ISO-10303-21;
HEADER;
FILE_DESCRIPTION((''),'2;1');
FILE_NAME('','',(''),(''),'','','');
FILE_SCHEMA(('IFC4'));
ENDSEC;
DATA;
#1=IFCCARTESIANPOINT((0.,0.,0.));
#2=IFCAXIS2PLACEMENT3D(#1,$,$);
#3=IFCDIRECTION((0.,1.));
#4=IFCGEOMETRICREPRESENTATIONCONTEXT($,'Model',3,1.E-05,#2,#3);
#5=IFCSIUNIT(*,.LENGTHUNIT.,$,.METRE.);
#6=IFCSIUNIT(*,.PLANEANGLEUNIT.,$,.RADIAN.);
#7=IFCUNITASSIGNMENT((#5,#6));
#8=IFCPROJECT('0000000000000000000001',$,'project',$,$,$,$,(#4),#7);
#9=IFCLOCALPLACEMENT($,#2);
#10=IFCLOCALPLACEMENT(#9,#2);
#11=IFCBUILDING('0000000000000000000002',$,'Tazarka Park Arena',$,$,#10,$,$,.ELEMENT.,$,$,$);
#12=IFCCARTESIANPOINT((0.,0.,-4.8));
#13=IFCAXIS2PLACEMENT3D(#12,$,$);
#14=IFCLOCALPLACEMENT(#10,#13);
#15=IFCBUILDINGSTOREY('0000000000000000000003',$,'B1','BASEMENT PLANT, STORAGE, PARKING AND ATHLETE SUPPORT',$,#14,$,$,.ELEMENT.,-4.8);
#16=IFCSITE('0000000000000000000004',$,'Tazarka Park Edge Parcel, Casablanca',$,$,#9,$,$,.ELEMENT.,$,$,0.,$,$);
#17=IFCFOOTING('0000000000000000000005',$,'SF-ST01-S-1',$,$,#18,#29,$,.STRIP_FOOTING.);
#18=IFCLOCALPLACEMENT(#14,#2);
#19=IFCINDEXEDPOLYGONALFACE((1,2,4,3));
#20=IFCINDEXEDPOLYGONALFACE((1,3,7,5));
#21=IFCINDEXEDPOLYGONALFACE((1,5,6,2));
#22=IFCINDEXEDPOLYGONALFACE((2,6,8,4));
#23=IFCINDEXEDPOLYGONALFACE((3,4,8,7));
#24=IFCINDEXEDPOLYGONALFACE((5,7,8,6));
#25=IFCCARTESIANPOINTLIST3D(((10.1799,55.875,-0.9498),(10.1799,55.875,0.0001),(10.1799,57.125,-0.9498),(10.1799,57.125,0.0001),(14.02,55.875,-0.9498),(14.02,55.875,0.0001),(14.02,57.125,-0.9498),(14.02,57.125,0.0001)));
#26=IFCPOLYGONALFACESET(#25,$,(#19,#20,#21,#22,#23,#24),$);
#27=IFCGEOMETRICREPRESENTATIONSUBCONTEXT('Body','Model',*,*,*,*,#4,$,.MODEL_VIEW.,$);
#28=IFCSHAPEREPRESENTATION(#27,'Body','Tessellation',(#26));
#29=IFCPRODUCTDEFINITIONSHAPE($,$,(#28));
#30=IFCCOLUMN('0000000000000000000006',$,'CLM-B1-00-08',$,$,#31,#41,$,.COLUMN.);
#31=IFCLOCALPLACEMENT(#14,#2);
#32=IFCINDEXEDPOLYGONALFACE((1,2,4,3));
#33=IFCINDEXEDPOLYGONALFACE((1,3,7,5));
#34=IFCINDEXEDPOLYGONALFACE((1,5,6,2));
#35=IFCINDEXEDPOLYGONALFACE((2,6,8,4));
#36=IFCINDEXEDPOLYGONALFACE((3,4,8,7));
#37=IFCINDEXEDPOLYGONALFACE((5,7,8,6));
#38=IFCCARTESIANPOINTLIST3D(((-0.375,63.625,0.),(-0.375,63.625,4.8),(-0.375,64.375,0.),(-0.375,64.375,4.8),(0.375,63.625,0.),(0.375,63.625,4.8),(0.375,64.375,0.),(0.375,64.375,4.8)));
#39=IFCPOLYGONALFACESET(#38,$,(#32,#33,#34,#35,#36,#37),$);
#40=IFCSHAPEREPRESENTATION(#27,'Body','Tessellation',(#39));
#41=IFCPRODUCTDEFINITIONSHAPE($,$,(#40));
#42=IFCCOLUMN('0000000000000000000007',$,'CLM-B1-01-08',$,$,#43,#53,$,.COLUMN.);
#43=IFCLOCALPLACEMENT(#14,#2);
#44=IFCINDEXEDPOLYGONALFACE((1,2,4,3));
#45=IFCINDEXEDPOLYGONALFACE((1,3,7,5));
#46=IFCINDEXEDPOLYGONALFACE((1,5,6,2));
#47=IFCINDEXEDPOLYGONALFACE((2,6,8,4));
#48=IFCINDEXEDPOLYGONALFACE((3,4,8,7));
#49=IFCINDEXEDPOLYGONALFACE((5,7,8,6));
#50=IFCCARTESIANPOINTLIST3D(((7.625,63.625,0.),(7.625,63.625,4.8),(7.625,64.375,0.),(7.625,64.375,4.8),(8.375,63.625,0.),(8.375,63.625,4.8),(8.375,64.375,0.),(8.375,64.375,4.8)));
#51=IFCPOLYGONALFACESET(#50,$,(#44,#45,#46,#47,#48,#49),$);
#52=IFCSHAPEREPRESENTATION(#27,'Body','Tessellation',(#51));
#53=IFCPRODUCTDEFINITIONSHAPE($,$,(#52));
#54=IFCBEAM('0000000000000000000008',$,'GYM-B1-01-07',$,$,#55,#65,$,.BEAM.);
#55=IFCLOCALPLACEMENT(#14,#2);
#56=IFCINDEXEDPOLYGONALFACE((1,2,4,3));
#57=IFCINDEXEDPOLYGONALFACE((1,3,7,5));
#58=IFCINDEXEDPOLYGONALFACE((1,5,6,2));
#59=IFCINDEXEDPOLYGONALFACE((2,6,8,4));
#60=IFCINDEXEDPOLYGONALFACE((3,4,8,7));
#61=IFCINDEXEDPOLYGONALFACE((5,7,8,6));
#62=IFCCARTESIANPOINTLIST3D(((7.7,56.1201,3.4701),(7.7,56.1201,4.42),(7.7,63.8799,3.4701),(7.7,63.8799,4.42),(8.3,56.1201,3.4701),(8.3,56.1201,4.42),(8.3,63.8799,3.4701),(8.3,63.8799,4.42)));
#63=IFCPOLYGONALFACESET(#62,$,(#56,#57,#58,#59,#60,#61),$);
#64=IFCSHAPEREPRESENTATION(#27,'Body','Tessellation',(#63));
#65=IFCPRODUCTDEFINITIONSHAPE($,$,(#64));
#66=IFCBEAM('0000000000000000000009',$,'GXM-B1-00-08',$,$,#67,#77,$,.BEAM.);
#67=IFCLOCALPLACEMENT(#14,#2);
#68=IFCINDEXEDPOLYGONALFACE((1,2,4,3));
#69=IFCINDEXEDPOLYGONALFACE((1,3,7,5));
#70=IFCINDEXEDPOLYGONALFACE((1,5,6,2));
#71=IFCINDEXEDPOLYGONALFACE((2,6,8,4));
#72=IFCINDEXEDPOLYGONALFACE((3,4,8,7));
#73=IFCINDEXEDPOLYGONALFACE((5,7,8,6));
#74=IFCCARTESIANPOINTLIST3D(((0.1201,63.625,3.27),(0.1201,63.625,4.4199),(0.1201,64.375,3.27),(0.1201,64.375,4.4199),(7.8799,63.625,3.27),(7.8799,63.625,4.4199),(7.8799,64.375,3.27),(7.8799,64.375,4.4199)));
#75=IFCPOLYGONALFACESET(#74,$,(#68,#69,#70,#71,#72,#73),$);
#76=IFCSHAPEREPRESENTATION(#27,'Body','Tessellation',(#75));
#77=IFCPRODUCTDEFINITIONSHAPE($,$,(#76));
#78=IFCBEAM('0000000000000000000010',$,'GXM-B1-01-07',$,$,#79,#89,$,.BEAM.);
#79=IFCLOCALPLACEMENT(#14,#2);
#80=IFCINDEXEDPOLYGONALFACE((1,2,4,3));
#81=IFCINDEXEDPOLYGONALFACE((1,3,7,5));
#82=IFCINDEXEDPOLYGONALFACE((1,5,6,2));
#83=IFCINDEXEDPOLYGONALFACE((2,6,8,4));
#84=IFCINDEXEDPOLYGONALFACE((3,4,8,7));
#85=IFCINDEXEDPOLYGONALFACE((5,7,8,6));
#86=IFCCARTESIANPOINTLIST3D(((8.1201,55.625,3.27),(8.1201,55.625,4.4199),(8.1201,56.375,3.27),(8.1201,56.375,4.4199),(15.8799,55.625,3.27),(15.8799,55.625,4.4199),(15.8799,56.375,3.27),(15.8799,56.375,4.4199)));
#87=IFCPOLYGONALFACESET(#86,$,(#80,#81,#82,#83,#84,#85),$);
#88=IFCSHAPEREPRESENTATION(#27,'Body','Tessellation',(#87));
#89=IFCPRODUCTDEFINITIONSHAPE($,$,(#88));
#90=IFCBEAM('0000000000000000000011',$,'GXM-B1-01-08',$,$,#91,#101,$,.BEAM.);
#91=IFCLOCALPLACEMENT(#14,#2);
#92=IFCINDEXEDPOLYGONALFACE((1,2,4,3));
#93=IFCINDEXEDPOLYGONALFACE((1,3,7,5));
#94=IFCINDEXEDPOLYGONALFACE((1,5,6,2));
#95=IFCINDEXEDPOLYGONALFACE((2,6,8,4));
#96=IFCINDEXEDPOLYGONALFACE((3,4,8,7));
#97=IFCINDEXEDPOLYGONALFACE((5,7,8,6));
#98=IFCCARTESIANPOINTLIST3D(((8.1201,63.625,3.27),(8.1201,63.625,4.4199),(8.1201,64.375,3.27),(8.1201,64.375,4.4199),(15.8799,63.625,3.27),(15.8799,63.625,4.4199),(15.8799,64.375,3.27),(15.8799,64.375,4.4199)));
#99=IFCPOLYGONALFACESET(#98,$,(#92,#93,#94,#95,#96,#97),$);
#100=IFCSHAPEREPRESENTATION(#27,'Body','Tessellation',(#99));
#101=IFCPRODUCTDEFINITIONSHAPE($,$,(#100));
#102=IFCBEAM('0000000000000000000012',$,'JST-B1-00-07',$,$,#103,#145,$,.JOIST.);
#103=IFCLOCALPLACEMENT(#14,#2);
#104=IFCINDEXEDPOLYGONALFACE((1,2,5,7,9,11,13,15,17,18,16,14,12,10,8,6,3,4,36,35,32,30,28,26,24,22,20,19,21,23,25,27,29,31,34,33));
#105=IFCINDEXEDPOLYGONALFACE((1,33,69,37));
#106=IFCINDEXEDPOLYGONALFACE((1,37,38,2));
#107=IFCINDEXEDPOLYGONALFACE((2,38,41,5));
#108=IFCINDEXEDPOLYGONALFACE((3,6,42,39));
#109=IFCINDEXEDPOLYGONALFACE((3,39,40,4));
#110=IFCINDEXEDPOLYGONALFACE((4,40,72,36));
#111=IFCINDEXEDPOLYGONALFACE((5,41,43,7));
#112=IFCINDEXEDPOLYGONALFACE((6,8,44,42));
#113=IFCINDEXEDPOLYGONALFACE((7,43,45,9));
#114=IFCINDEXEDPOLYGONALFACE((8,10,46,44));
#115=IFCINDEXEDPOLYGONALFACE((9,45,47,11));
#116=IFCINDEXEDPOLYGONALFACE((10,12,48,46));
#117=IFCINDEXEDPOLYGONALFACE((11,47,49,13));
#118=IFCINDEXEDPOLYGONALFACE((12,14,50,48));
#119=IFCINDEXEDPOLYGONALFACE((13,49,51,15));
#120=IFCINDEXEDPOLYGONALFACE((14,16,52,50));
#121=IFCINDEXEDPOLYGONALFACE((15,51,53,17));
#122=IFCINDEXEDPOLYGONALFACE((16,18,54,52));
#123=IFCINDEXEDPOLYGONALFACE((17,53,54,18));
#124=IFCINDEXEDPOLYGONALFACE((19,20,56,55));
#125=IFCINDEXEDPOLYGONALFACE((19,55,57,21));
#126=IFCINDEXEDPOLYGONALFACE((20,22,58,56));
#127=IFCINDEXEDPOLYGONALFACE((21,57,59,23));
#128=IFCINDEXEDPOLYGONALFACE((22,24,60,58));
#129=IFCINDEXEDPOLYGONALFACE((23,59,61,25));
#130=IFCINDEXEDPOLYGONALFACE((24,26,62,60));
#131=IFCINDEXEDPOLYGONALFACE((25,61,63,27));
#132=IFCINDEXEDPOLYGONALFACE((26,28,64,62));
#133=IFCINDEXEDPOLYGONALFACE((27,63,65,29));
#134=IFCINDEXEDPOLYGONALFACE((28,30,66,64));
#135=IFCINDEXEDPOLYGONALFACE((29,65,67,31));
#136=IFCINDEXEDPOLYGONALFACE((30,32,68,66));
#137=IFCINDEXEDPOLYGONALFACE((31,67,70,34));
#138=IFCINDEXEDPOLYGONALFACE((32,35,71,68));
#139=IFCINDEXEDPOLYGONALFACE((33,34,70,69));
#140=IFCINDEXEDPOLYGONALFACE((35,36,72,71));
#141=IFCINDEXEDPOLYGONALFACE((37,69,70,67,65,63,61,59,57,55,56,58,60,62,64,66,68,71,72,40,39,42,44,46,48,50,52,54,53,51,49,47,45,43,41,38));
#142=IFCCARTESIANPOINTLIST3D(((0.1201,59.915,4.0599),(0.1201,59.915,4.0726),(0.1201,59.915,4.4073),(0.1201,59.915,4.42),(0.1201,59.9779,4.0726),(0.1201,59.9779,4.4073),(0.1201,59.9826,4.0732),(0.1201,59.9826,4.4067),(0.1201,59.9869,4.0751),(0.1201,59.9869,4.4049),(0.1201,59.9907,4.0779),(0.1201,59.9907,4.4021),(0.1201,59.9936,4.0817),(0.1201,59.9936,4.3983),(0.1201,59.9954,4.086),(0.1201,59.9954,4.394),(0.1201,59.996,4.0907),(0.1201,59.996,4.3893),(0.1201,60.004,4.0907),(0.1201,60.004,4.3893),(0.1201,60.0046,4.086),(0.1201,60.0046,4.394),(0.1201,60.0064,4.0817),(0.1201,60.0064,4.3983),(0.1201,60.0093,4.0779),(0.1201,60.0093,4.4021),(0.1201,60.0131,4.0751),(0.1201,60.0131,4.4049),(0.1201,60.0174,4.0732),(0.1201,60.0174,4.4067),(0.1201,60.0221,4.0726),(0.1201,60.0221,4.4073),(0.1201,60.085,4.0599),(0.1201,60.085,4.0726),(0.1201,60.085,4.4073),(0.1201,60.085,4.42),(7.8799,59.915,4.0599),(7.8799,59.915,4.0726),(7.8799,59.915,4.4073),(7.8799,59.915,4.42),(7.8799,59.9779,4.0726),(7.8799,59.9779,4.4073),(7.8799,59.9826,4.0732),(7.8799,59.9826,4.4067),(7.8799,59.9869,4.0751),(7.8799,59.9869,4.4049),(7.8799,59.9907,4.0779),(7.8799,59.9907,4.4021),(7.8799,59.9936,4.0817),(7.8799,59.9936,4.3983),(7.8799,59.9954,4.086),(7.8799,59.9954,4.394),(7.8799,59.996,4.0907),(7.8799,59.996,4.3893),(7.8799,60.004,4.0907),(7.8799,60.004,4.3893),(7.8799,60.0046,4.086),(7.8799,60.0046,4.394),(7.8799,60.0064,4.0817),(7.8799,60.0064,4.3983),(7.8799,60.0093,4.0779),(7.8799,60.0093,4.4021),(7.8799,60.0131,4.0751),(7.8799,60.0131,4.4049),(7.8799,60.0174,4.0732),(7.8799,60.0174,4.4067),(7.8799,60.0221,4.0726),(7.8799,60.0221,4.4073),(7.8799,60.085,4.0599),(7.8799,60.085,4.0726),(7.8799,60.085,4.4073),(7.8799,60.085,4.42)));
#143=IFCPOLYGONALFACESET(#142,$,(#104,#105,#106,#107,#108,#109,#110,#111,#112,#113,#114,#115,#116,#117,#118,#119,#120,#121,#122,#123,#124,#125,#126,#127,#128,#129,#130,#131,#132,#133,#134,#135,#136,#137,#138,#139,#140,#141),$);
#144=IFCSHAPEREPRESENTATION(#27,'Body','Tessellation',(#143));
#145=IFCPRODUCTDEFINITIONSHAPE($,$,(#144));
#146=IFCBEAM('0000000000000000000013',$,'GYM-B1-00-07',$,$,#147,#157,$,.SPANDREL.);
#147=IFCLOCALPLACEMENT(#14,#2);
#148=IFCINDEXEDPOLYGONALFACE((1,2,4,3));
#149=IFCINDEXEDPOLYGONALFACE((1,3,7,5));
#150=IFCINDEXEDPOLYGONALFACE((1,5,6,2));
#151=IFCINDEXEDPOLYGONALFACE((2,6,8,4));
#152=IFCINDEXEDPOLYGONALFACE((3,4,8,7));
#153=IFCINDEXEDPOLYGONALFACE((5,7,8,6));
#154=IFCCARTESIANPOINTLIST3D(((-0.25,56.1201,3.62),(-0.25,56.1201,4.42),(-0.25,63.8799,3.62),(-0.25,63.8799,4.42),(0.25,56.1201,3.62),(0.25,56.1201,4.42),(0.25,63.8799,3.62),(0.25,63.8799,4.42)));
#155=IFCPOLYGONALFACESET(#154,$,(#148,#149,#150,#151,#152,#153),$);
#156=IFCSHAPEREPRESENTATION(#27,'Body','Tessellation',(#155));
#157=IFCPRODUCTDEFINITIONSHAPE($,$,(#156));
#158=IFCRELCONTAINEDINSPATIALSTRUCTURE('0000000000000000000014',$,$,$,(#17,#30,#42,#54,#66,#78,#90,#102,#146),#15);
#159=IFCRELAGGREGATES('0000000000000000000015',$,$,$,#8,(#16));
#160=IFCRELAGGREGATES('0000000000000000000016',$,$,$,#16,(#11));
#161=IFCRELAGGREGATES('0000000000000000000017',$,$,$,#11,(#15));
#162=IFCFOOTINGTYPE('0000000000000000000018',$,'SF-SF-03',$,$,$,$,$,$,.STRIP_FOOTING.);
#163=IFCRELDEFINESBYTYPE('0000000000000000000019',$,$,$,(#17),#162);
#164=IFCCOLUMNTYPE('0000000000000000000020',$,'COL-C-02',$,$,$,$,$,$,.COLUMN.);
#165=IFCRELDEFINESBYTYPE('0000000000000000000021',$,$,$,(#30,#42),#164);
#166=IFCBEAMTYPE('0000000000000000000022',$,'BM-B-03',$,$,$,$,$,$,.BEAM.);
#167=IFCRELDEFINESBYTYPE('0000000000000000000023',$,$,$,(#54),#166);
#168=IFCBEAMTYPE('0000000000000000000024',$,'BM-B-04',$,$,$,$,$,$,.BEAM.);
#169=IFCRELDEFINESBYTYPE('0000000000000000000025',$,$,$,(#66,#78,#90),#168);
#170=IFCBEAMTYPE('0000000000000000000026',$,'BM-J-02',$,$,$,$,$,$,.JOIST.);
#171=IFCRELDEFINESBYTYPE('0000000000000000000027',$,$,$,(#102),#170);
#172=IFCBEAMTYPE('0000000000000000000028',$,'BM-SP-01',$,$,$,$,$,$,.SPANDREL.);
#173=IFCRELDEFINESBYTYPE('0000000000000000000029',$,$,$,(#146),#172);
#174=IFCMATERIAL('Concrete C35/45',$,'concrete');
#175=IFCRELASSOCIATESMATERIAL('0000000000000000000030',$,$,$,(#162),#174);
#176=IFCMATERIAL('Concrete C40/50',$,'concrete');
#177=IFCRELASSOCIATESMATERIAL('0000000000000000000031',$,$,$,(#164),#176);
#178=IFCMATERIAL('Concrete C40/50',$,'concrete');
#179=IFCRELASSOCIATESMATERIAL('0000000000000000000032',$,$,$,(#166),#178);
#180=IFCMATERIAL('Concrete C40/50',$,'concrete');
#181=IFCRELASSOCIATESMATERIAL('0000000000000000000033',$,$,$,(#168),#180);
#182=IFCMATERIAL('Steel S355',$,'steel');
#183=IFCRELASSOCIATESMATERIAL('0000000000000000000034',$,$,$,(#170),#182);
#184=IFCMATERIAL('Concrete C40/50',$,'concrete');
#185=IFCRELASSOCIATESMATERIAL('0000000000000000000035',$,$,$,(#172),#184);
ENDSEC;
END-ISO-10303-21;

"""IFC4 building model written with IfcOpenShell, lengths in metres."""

from ifc_helpers import new_model, si_unit, direction, frame, origin, origin_2d, place, context, subcontext, project, spatial, rectangle, i_section, extrude, material, material_profile, profile_set, type_object, element, save


model = new_model("IFC4")

# Units and contexts
model_context = context("Model", 3, precision=1e-05, world=origin(), true_north=direction((0.0, 1.0)))
body_context = subcontext(model_context, "Body", "Model", "MODEL_VIEW")
ifc_project = project(units=[si_unit("LENGTHUNIT", "METRE"), si_unit("PLANEANGLEUNIT", "RADIAN")], contexts=[model_context])

# Site, building, storey
site_placement = place(None, origin())
site = spatial("IfcSite", under=ifc_project, at=site_placement, Name="Tazarka Park Edge Parcel, Casablanca", CompositionType="ELEMENT", RefElevation=0.0)
building_placement = place(site_placement, origin())
building = spatial("IfcBuilding", under=site, at=building_placement, Name="Tazarka Park Arena", CompositionType="ELEMENT")
storey_placement = place(building_placement, frame((0.0, 0.0, -4.8)))
storey = spatial("IfcBuildingStorey", under=building, at=storey_placement, Name="B1", Description="BASEMENT PLANT, STORAGE, PARKING AND ATHLETE SUPPORT", CompositionType="ELEMENT", Elevation=-4.8)

# Footing
ifc_material_1 = material(Name="Concrete C35/45", Category="concrete")
ifc_material_profile_1 = material_profile(ifc_material_1, rectangle(XDim=1.25, YDim=0.95, at=origin_2d()), Name="Concrete C35/45")
ifc_profile_set_1 = profile_set([ifc_material_profile_1], Name="Concrete C35/45")
footing_type_1 = type_object("IfcFootingType", Name="SF-SF-03", PredefinedType="STRIP_FOOTING", material=ifc_profile_set_1)
footing_1_placement = place(storey_placement, frame((14.02, 56.5, -0.4749), z_axis=(-1.0, 0.0, 0.0), x_axis=(0.0, -1.0, 0.0)))
element("IfcFooting", 1, at=footing_1_placement, inside=storey, type_object=footing_type_1, Name="SF-ST01-S-1", PredefinedType="STRIP_FOOTING", context=body_context, shape_type="SweptSolid", body=[
    extrude(rectangle(XDim=1.25, YDim=0.95, at=origin_2d()), origin(), (0.0, 0.0, 1.0), 3.8401),
])

# Columns
ifc_material_2 = material(Name="Concrete C40/50", Category="concrete")
ifc_material_profile_2 = material_profile(ifc_material_2, rectangle(XDim=0.75, YDim=0.75, at=origin_2d()), Name="Concrete C40/50")
ifc_profile_set_2 = profile_set([ifc_material_profile_2], Name="Concrete C40/50")
column_type = type_object("IfcColumnType", Name="COL-C-02", PredefinedType="COLUMN", material=ifc_profile_set_2)
for number, where, z_axis, x_axis, name in (
    (2, (0.0, 64.0, 0.0), (0.0, 0.0, 1.0), (1.0, 0.0, 0.0), "CLM-B1-00-08"),
    (3, (8.0, 64.0, 0.0), (0.0, 0.0, 1.0), (1.0, 0.0, 0.0), "CLM-B1-01-08"),
):
    element("IfcColumn", number, at=place(storey_placement, frame(where, z_axis=z_axis, x_axis=x_axis)), inside=storey, type_object=column_type, Name=name, PredefinedType="COLUMN", context=body_context, shape_type="SweptSolid", body=[
        extrude(rectangle(XDim=0.75, YDim=0.75, at=origin_2d()), origin(), (0.0, 0.0, 1.0), 4.8),
    ])

# Beams
ifc_material_3 = material(Name="Concrete C40/50", Category="concrete")
ifc_material_profile_3 = material_profile(ifc_material_3, rectangle(XDim=0.6001, YDim=0.95, at=origin_2d()), Name="Concrete C40/50")
ifc_profile_set_3 = profile_set([ifc_material_profile_3], Name="Concrete C40/50")
beam_type_1 = type_object("IfcBeamType", Name="BM-B-03", PredefinedType="BEAM", material=ifc_profile_set_3)
beam_1_placement = place(storey_placement, frame((8.0, 56.1201, 3.9451), z_axis=(0.0, 1.0, 0.0), x_axis=(-1.0, 0.0, 0.0)))
element("IfcBeam", 4, at=beam_1_placement, inside=storey, type_object=beam_type_1, Name="GYM-B1-01-07", PredefinedType="BEAM", context=body_context, shape_type="SweptSolid", body=[
    extrude(rectangle(XDim=0.6001, YDim=0.95, at=origin_2d()), origin(), (0.0, 0.0, 1.0), 7.7598),
])
ifc_material_4 = material(Name="Concrete C40/50", Category="concrete")
ifc_material_profile_4 = material_profile(ifc_material_4, rectangle(XDim=0.75, YDim=1.1499, at=origin_2d()), Name="Concrete C40/50")
ifc_profile_set_4 = profile_set([ifc_material_profile_4], Name="Concrete C40/50")
beam_type_2 = type_object("IfcBeamType", Name="BM-B-04", PredefinedType="BEAM", material=ifc_profile_set_4)
for number, where, z_axis, x_axis, name in (
    (5, (0.1201, 64.0, 3.845), (1.0, 0.0, 0.0), (0.0, 1.0, 0.0), "GXM-B1-00-08"),
    (6, (8.1201, 56.0, 3.845), (1.0, 0.0, 0.0), (0.0, 1.0, 0.0), "GXM-B1-01-07"),
    (7, (8.1201, 64.0, 3.845), (1.0, 0.0, 0.0), (0.0, 1.0, 0.0), "GXM-B1-01-08"),
):
    element("IfcBeam", number, at=place(storey_placement, frame(where, z_axis=z_axis, x_axis=x_axis)), inside=storey, type_object=beam_type_2, Name=name, PredefinedType="BEAM", context=body_context, shape_type="SweptSolid", body=[
        extrude(rectangle(XDim=0.75, YDim=1.1499, at=origin_2d()), origin(), (0.0, 0.0, 1.0), 7.7598),
    ])
ifc_material_5 = material(Name="Steel S355", Category="steel")
ifc_material_profile_5 = material_profile(ifc_material_5, i_section(OverallWidth=0.1699, OverallDepth=0.3601, WebThickness=0.0081, FlangeThickness=0.0127, FilletRadius=0.0181, at=origin_2d()), Name="Steel S355")
ifc_profile_set_5 = profile_set([ifc_material_profile_5], Name="Steel S355")
beam_type_3 = type_object("IfcBeamType", Name="BM-J-02", PredefinedType="JOIST", material=ifc_profile_set_5)
beam_2_placement = place(storey_placement, frame((0.1201, 60.0, 4.24), z_axis=(1.0, 0.0, 0.0), x_axis=(0.0, 1.0, 0.0)))
element("IfcBeam", 8, at=beam_2_placement, inside=storey, type_object=beam_type_3, Name="JST-B1-00-07", PredefinedType="JOIST", context=body_context, shape_type="SweptSolid", body=[
    extrude(i_section(OverallWidth=0.1699, OverallDepth=0.3601, WebThickness=0.0081, FlangeThickness=0.0127, FilletRadius=0.0181, at=origin_2d()), origin(), (0.0, 0.0, 1.0), 7.7598),
])
ifc_material_6 = material(Name="Concrete C40/50", Category="concrete")
ifc_material_profile_6 = material_profile(ifc_material_6, rectangle(XDim=0.5, YDim=0.8, at=origin_2d()), Name="Concrete C40/50")
ifc_profile_set_6 = profile_set([ifc_material_profile_6], Name="Concrete C40/50")
beam_type_4 = type_object("IfcBeamType", Name="BM-SP-01", PredefinedType="SPANDREL", material=ifc_profile_set_6)
beam_3_placement = place(storey_placement, frame((0.0, 56.1201, 4.02), z_axis=(0.0, 1.0, 0.0), x_axis=(-1.0, 0.0, 0.0)))
element("IfcBeam", 9, at=beam_3_placement, inside=storey, type_object=beam_type_4, Name="GYM-B1-00-07", PredefinedType="SPANDREL", context=body_context, shape_type="SweptSolid", body=[
    extrude(rectangle(XDim=0.5, YDim=0.8, at=origin_2d()), origin(), (0.0, 0.0, 1.0), 7.7598),
])

save(model, "model.ifc")
